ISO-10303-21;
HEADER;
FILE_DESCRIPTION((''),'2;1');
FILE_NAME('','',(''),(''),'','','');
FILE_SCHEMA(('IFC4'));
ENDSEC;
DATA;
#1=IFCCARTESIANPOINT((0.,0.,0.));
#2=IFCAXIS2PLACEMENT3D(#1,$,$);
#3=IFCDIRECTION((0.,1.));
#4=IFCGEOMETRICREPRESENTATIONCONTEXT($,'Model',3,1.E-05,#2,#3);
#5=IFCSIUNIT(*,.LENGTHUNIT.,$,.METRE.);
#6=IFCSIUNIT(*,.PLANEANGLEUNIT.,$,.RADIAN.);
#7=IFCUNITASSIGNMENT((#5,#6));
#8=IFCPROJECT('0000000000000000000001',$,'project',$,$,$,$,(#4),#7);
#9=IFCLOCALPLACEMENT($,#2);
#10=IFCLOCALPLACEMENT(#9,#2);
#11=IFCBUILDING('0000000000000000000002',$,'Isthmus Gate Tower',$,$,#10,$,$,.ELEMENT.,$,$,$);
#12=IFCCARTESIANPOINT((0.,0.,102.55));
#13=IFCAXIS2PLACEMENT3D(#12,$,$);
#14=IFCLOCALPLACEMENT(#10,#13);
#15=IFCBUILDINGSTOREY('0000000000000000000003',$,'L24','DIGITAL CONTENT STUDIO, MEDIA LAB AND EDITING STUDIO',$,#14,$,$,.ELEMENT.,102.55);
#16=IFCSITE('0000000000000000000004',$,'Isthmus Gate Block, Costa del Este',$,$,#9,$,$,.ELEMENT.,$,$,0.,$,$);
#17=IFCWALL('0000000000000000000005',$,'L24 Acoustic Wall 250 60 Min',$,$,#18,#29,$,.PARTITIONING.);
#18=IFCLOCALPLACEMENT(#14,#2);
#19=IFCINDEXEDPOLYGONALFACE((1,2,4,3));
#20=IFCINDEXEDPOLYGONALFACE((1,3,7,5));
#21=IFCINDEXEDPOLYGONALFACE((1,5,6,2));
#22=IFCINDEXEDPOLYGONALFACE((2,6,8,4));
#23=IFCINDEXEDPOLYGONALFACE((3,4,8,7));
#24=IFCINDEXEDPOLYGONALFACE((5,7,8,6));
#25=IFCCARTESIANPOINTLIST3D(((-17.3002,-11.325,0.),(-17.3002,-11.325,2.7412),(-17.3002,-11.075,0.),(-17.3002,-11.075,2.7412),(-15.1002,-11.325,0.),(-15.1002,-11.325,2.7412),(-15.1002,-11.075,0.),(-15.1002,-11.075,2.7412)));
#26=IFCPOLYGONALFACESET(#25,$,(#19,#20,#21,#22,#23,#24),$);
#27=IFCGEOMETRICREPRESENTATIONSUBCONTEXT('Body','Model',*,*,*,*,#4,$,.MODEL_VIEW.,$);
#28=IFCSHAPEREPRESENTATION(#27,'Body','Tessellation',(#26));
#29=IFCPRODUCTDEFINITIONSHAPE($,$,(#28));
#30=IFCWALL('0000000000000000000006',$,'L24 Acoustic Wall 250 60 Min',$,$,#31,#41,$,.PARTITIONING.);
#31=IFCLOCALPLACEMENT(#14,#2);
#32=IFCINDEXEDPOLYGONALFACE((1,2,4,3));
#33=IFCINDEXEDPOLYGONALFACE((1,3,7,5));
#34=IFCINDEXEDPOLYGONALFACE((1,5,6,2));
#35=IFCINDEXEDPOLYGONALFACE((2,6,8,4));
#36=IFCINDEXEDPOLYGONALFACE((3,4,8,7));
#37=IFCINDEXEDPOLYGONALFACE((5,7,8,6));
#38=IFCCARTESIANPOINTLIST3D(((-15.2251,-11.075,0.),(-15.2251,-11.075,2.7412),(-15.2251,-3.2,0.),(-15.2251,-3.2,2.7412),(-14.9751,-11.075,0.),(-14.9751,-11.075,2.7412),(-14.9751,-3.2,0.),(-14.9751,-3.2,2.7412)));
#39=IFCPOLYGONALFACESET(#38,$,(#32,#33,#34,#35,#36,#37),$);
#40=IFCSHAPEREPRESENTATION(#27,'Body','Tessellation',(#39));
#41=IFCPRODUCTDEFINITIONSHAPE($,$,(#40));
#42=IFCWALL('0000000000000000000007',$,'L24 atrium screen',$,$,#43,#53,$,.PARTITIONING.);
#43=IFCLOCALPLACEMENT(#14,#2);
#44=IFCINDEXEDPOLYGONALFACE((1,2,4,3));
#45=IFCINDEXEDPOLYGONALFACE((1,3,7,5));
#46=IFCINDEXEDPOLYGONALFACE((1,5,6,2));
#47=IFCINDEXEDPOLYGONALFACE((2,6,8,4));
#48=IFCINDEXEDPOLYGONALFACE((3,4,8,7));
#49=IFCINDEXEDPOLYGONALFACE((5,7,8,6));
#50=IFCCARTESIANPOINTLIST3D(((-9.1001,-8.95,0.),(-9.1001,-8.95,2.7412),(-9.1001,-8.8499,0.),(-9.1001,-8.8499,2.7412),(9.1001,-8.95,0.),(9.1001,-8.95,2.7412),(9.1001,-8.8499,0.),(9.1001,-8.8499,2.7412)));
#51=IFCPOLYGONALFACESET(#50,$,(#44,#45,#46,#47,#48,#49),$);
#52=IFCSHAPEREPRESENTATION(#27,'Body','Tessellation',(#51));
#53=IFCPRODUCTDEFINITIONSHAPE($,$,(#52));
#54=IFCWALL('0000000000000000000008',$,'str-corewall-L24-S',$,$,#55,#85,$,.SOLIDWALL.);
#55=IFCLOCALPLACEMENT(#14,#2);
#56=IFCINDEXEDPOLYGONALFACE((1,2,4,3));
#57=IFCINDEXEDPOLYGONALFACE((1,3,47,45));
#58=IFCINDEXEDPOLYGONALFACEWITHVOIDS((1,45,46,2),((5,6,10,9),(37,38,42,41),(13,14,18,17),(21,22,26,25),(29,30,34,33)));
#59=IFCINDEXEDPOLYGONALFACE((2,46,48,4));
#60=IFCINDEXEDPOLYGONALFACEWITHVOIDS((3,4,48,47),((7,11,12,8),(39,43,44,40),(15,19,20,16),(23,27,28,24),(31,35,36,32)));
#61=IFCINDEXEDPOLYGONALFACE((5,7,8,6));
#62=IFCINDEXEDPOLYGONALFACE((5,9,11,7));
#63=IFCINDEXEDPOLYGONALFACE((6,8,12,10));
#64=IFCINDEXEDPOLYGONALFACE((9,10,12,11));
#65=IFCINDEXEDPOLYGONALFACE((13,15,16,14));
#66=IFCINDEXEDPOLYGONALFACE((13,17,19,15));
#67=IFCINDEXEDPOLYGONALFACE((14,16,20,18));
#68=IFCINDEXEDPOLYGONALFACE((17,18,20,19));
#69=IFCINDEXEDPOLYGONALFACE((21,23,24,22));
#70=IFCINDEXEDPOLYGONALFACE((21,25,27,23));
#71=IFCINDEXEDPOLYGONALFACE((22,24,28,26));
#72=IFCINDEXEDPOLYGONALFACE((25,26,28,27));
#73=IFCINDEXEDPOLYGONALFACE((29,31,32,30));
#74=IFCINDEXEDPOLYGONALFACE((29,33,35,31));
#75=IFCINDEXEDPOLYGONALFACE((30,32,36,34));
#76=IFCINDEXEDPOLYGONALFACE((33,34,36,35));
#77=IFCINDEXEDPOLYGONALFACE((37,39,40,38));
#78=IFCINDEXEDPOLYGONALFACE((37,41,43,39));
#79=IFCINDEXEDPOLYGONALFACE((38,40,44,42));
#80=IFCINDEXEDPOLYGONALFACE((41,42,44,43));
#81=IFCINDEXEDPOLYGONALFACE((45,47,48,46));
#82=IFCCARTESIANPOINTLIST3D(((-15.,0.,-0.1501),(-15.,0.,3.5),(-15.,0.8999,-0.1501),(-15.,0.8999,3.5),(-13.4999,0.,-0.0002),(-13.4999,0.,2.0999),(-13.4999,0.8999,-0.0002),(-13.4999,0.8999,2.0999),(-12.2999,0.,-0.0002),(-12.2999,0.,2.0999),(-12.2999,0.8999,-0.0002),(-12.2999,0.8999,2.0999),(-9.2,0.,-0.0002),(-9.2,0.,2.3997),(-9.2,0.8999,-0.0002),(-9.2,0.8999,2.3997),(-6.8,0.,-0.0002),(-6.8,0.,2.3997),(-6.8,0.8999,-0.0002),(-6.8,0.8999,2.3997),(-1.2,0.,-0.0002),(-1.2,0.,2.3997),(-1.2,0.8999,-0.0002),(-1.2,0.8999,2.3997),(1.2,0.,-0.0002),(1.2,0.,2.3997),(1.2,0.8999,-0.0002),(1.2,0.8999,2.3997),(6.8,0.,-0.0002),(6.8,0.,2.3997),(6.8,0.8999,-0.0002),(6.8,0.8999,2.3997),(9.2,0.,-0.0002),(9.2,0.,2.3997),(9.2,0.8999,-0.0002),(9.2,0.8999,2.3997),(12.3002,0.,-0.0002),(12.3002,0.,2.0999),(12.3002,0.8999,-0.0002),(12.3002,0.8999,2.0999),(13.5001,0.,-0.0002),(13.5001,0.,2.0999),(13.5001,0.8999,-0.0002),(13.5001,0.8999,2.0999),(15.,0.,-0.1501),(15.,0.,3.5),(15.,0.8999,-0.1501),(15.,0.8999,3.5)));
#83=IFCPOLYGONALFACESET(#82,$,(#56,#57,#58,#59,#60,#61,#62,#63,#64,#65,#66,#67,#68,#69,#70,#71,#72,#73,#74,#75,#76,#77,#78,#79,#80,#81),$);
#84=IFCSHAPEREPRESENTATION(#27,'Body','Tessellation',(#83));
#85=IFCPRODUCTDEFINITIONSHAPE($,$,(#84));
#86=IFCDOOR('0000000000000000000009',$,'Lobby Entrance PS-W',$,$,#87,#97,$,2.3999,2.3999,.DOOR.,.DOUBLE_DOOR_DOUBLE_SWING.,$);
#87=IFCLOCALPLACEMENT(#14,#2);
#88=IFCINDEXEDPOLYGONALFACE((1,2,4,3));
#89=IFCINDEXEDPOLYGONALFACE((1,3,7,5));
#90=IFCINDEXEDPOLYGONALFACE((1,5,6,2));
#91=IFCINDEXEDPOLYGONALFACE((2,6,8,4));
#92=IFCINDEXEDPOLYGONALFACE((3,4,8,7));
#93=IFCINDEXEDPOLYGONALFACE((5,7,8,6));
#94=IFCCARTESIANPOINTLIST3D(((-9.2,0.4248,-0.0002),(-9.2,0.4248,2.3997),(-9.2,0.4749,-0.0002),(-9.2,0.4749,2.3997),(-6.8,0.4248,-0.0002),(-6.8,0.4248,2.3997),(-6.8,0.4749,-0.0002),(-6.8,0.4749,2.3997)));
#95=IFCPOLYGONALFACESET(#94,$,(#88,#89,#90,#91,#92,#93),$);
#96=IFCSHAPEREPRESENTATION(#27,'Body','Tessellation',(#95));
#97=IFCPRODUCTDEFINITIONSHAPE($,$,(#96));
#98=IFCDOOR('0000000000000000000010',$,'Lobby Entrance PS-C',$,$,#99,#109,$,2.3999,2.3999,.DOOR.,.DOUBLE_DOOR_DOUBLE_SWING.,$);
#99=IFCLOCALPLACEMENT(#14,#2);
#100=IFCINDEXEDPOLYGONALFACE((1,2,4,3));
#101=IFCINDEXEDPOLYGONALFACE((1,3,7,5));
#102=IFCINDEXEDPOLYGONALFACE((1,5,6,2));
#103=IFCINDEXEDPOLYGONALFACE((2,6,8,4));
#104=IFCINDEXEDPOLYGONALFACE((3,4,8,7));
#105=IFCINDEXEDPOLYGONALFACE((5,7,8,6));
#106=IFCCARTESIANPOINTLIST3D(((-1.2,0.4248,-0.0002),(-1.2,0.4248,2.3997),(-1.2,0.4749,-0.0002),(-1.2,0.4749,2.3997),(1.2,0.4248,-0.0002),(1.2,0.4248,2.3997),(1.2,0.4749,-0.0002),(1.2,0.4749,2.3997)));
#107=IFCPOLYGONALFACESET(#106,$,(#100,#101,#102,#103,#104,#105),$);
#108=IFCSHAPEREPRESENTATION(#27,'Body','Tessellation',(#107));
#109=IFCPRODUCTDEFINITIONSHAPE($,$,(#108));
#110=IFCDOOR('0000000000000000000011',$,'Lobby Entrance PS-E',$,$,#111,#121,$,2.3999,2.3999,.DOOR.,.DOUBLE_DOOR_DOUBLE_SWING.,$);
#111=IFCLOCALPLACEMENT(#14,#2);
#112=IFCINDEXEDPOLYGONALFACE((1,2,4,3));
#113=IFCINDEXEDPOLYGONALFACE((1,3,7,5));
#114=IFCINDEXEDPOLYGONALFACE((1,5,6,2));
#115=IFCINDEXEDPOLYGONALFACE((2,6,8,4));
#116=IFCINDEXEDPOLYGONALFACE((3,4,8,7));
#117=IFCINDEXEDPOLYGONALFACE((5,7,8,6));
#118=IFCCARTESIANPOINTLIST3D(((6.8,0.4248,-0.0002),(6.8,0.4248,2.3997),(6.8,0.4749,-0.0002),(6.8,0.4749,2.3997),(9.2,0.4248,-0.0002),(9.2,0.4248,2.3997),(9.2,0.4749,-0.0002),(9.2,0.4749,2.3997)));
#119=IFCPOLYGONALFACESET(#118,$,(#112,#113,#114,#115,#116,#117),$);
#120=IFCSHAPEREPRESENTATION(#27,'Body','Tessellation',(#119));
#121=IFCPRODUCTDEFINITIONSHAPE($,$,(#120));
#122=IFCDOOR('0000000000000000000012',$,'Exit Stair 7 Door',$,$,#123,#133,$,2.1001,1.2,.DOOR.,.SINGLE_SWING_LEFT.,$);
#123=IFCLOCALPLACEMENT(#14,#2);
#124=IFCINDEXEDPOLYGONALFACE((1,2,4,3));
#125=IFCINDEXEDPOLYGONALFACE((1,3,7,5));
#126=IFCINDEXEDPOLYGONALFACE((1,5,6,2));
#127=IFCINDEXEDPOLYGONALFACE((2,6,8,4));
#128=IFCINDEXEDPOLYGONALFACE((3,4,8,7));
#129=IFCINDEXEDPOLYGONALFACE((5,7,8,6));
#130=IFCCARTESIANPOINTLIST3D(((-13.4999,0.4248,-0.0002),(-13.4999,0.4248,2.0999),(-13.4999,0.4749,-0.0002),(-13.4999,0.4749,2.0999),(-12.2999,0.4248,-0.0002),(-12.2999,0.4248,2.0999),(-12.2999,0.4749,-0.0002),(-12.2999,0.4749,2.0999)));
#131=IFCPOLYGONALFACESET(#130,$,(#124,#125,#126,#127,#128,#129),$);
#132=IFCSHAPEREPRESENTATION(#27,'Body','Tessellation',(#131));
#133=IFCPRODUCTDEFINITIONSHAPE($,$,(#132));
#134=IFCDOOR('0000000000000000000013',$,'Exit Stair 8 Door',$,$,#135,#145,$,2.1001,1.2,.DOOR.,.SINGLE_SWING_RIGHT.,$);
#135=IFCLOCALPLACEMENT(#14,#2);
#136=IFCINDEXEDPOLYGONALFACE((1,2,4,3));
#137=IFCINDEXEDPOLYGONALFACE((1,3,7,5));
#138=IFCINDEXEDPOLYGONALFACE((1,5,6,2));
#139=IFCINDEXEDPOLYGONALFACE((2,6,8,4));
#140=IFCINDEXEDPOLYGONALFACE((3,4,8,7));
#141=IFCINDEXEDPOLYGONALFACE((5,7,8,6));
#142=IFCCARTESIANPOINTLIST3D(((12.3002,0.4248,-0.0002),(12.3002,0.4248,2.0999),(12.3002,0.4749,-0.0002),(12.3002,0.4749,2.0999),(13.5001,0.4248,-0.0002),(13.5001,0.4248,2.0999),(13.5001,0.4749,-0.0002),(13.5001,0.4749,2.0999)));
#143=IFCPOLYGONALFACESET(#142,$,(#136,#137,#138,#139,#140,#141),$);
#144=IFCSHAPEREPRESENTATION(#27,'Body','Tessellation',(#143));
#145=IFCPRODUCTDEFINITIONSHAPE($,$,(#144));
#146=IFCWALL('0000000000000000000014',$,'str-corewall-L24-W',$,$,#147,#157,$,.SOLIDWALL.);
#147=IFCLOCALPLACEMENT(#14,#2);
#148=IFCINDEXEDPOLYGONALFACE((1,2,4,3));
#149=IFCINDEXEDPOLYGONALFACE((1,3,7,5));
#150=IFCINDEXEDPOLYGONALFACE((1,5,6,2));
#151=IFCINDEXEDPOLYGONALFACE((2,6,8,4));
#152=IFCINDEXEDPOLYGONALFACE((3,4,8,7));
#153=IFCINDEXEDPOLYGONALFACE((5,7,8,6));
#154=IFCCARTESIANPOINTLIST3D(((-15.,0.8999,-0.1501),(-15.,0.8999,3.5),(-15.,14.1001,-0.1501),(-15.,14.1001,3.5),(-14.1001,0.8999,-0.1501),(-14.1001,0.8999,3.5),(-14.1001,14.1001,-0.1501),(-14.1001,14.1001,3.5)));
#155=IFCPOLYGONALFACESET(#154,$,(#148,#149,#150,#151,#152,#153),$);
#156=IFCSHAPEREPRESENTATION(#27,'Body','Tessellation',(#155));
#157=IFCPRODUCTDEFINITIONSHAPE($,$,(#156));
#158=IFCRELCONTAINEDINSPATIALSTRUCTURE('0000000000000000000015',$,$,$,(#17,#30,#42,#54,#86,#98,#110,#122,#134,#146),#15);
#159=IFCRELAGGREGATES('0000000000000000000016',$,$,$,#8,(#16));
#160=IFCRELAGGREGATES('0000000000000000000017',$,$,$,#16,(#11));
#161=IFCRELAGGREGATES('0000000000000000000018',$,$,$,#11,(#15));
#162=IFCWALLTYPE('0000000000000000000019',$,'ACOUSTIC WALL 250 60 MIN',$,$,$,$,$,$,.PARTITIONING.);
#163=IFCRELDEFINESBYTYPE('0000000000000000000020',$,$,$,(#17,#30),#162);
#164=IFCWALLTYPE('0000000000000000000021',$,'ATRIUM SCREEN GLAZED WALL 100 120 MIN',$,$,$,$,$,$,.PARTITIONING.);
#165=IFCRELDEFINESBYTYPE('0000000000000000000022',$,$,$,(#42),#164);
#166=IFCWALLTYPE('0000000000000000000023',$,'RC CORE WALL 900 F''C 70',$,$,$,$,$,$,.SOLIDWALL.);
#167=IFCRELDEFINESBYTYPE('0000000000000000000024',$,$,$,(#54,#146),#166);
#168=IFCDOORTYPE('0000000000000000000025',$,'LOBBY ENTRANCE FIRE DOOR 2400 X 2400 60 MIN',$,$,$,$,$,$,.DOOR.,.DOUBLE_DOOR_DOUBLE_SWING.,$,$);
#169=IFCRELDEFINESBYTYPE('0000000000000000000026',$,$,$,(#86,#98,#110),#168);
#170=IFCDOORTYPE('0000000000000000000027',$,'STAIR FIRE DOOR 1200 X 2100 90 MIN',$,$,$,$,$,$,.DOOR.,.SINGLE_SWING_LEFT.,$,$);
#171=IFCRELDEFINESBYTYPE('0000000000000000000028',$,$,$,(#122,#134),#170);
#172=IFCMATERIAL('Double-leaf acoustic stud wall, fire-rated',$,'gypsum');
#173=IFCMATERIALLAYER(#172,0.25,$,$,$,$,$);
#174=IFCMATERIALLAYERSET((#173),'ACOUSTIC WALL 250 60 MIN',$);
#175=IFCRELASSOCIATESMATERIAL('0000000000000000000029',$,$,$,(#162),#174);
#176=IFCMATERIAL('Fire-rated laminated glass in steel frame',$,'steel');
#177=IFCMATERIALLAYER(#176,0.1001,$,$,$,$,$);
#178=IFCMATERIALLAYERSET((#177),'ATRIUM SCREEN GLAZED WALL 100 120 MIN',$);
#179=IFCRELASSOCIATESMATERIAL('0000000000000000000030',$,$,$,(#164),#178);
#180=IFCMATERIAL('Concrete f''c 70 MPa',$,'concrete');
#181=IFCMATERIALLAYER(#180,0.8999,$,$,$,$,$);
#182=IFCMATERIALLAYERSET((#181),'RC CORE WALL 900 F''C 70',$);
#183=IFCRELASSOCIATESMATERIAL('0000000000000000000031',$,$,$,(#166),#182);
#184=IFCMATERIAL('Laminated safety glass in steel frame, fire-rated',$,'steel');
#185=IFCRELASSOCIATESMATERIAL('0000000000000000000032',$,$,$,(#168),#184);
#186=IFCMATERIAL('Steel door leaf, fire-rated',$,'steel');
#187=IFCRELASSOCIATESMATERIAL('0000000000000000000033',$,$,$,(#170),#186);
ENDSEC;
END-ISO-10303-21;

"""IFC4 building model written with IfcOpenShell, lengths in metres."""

from ifc_helpers import new_model, si_unit, direction, frame, frame_2d, origin, place, context, subcontext, project, spatial, rectangle, extrude, material, layer, layer_set, type_object, element, fill, save


model = new_model("IFC4")

# Units and contexts
model_context = context("Model", 3, precision=1e-05, world=origin(), true_north=direction((0.0, 1.0)))
body_context = subcontext(model_context, "Body", "Model", "MODEL_VIEW")
ifc_project = project(units=[si_unit("LENGTHUNIT", "METRE"), si_unit("PLANEANGLEUNIT", "RADIAN")], contexts=[model_context])

# Site, building, storey
site_placement = place(None, origin())
site = spatial("IfcSite", under=ifc_project, at=site_placement, Name="Isthmus Gate Block, Costa del Este", CompositionType="ELEMENT", RefElevation=0.0)
building_placement = place(site_placement, origin())
building = spatial("IfcBuilding", under=site, at=building_placement, Name="Isthmus Gate Tower", CompositionType="ELEMENT")
storey_placement = place(building_placement, frame((0.0, 0.0, 102.55)))
storey = spatial("IfcBuildingStorey", under=building, at=storey_placement, Name="L24", Description="DIGITAL CONTENT STUDIO, MEDIA LAB AND EDITING STUDIO", CompositionType="ELEMENT", Elevation=102.55)

# Walls
ifc_material_1 = material(Name="Double-leaf acoustic stud wall, fire-rated", Category="gypsum")
ifc_layer_1 = layer(ifc_material_1, 0.25)
ifc_layer_set_1 = layer_set([ifc_layer_1], Name="ACOUSTIC WALL 250 60 MIN")
wall_type_1 = type_object("IfcWallType", Name="ACOUSTIC WALL 250 60 MIN", PredefinedType="PARTITIONING", material=ifc_layer_set_1)
wall_1_placement = place(storey_placement, frame((-15.1001, -11.2, 0.0), z_axis=(0.0, 0.0, 1.0), x_axis=(-1.0, 0.0, 0.0)))
element("IfcWall", 1, at=wall_1_placement, inside=storey, type_object=wall_type_1, Name="L24 Acoustic Wall 250 60 Min", PredefinedType="PARTITIONING", context=body_context, shape_type="SweptSolid", body=[
    extrude(rectangle(XDim=2.2, YDim=0.25, at=frame_2d((1.1001, 0.0))), origin(), (0.0, 0.0, 1.0), 2.7412),
])
wall_2_placement = place(storey_placement, frame((-15.1001, -3.2, 0.0), z_axis=(0.0, 0.0, 1.0), x_axis=(0.0, -1.0, 0.0)))
element("IfcWall", 2, at=wall_2_placement, inside=storey, type_object=wall_type_1, Name="L24 Acoustic Wall 250 60 Min", PredefinedType="PARTITIONING", context=body_context, shape_type="SweptSolid", body=[
    extrude(rectangle(XDim=7.875, YDim=0.25, at=frame_2d((3.9375, 0.0))), origin(), (0.0, 0.0, 1.0), 2.7412),
])
ifc_material_2 = material(Name="Fire-rated laminated glass in steel frame", Category="steel")
ifc_layer_2 = layer(ifc_material_2, 0.1001)
ifc_layer_set_2 = layer_set([ifc_layer_2], Name="ATRIUM SCREEN GLAZED WALL 100 120 MIN")
wall_type_2 = type_object("IfcWallType", Name="ATRIUM SCREEN GLAZED WALL 100 120 MIN", PredefinedType="PARTITIONING", material=ifc_layer_set_2)
wall_3_placement = place(storey_placement, frame((-9.1001, -8.8999, 0.0), z_axis=(0.0, 0.0, 1.0), x_axis=(1.0, 0.0, 0.0)))
element("IfcWall", 3, at=wall_3_placement, inside=storey, type_object=wall_type_2, Name="L24 atrium screen", PredefinedType="PARTITIONING", context=body_context, shape_type="SweptSolid", body=[
    extrude(rectangle(XDim=18.2002, YDim=0.1001, at=frame_2d((9.1001, 0.0))), origin(), (0.0, 0.0, 1.0), 2.7412),
])

# Wall, openings, doors
ifc_material_3 = material(Name="Concrete f'c 70 MPa", Category="concrete")
ifc_layer_3 = layer(ifc_material_3, 0.8999)
ifc_layer_set_3 = layer_set([ifc_layer_3], Name="RC CORE WALL 900 F'C 70")
wall_type_3 = type_object("IfcWallType", Name="RC CORE WALL 900 F'C 70", PredefinedType="SOLIDWALL", material=ifc_layer_set_3)
wall_4_placement = place(storey_placement, frame((-15.0, 0.45, -0.1501), z_axis=(0.0, 0.0, 1.0), x_axis=(1.0, 0.0, 0.0)))
wall_4 = element("IfcWall", 4, at=wall_4_placement, inside=storey, type_object=wall_type_3, Name="str-corewall-L24-S", PredefinedType="SOLIDWALL", context=body_context, shape_type="SweptSolid", body=[
    extrude(rectangle(XDim=30.0, YDim=0.8999, at=frame_2d((15.0, 0.0))), origin(), (0.0, 0.0, 1.0), 3.6501),
])
opening_1_placement = place(wall_4_placement, frame((5.8, 0.0, 0.1499)))
opening_1 = element("IfcOpeningElement", 5, at=opening_1_placement, cuts=wall_4, PredefinedType="OPENING", context=body_context, shape_type="SweptSolid", body=[
    extrude(rectangle(XDim=2.3999, YDim=2.3999, at=frame_2d((1.2, 1.2))), frame((0.0, 0.46, 0.0), z_axis=(0.0, -1.0, 0.0), x_axis=(1.0, 0.0, 0.0)), (0.0, 0.0, 1.0), 0.9199),
])
opening_2_placement = place(wall_4_placement, frame((13.8, 0.0, 0.1499)))
opening_2 = element("IfcOpeningElement", 6, at=opening_2_placement, cuts=wall_4, PredefinedType="OPENING", context=body_context, shape_type="SweptSolid", body=[
    extrude(rectangle(XDim=2.3999, YDim=2.3999, at=frame_2d((1.2, 1.2))), frame((0.0, 0.46, 0.0), z_axis=(0.0, -1.0, 0.0), x_axis=(1.0, 0.0, 0.0)), (0.0, 0.0, 1.0), 0.9199),
])
opening_3_placement = place(wall_4_placement, frame((21.8, 0.0, 0.1499)))
opening_3 = element("IfcOpeningElement", 7, at=opening_3_placement, cuts=wall_4, PredefinedType="OPENING", context=body_context, shape_type="SweptSolid", body=[
    extrude(rectangle(XDim=2.3999, YDim=2.3999, at=frame_2d((1.2, 1.2))), frame((0.0, 0.46, 0.0), z_axis=(0.0, -1.0, 0.0), x_axis=(1.0, 0.0, 0.0)), (0.0, 0.0, 1.0), 0.9199),
])
opening_4_placement = place(wall_4_placement, frame((1.5, 0.0, 0.1499)))
opening_4 = element("IfcOpeningElement", 8, at=opening_4_placement, cuts=wall_4, PredefinedType="OPENING", context=body_context, shape_type="SweptSolid", body=[
    extrude(rectangle(XDim=1.2, YDim=2.1001, at=frame_2d((0.6001, 1.05))), frame((0.0, 0.46, 0.0), z_axis=(0.0, -1.0, 0.0), x_axis=(1.0, 0.0, 0.0)), (0.0, 0.0, 1.0), 0.9199),
])
opening_5_placement = place(wall_4_placement, frame((27.3, 0.0, 0.1499)))
opening_5 = element("IfcOpeningElement", 9, at=opening_5_placement, cuts=wall_4, PredefinedType="OPENING", context=body_context, shape_type="SweptSolid", body=[
    extrude(rectangle(XDim=1.2, YDim=2.1001, at=frame_2d((0.6001, 1.05))), frame((0.0, 0.46, 0.0), z_axis=(0.0, -1.0, 0.0), x_axis=(1.0, 0.0, 0.0)), (0.0, 0.0, 1.0), 0.9199),
])
ifc_material_4 = material(Name="Laminated safety glass in steel frame, fire-rated", Category="steel")
door_type_1 = type_object("IfcDoorType", Name="LOBBY ENTRANCE FIRE DOOR 2400 X 2400 60 MIN", OperationType="DOUBLE_DOOR_DOUBLE_SWING", PredefinedType="DOOR", material=ifc_material_4)
door_1_placement = place(opening_1_placement, origin())
door_1 = element("IfcDoor", 10, at=door_1_placement, inside=storey, type_object=door_type_1, Name="Lobby Entrance PS-W", OperationType="DOUBLE_DOOR_DOUBLE_SWING", OverallHeight=2.3999, OverallWidth=2.3999, PredefinedType="DOOR", context=body_context, shape_type="SweptSolid", body=[
    extrude(rectangle(XDim=2.3999, YDim=2.3999, at=frame_2d((1.2, 1.2))), frame((0.0, 0.0249, 0.0), z_axis=(0.0, -1.0, 0.0), x_axis=(1.0, 0.0, 0.0)), (0.0, 0.0, 1.0), 0.05),
])
fill(opening_1, door_1)
door_2_placement = place(opening_2_placement, origin())
door_2 = element("IfcDoor", 11, at=door_2_placement, inside=storey, type_object=door_type_1, Name="Lobby Entrance PS-C", OperationType="DOUBLE_DOOR_DOUBLE_SWING", OverallHeight=2.3999, OverallWidth=2.3999, PredefinedType="DOOR", context=body_context, shape_type="SweptSolid", body=[
    extrude(rectangle(XDim=2.3999, YDim=2.3999, at=frame_2d((1.2, 1.2))), frame((0.0, 0.0249, 0.0), z_axis=(0.0, -1.0, 0.0), x_axis=(1.0, 0.0, 0.0)), (0.0, 0.0, 1.0), 0.05),
])
fill(opening_2, door_2)
door_3_placement = place(opening_3_placement, origin())
door_3 = element("IfcDoor", 12, at=door_3_placement, inside=storey, type_object=door_type_1, Name="Lobby Entrance PS-E", OperationType="DOUBLE_DOOR_DOUBLE_SWING", OverallHeight=2.3999, OverallWidth=2.3999, PredefinedType="DOOR", context=body_context, shape_type="SweptSolid", body=[
    extrude(rectangle(XDim=2.3999, YDim=2.3999, at=frame_2d((1.2, 1.2))), frame((0.0, 0.0249, 0.0), z_axis=(0.0, -1.0, 0.0), x_axis=(1.0, 0.0, 0.0)), (0.0, 0.0, 1.0), 0.05),
])
fill(opening_3, door_3)
ifc_material_5 = material(Name="Steel door leaf, fire-rated", Category="steel")
door_type_2 = type_object("IfcDoorType", Name="STAIR FIRE DOOR 1200 X 2100 90 MIN", OperationType="SINGLE_SWING_LEFT", PredefinedType="DOOR", material=ifc_material_5)
door_4_placement = place(opening_4_placement, origin())
door_4 = element("IfcDoor", 13, at=door_4_placement, inside=storey, type_object=door_type_2, Name="Exit Stair 7 Door", OperationType="SINGLE_SWING_LEFT", OverallHeight=2.1001, OverallWidth=1.2, PredefinedType="DOOR", context=body_context, shape_type="SweptSolid", body=[
    extrude(rectangle(XDim=1.2, YDim=2.1001, at=frame_2d((0.6001, 1.05))), frame((0.0, 0.0249, 0.0), z_axis=(0.0, -1.0, 0.0), x_axis=(1.0, 0.0, 0.0)), (0.0, 0.0, 1.0), 0.05),
])
fill(opening_4, door_4)
door_5_placement = place(opening_5_placement, origin())
door_5 = element("IfcDoor", 14, at=door_5_placement, inside=storey, type_object=door_type_2, Name="Exit Stair 8 Door", OperationType="SINGLE_SWING_RIGHT", OverallHeight=2.1001, OverallWidth=1.2, PredefinedType="DOOR", context=body_context, shape_type="SweptSolid", body=[
    extrude(rectangle(XDim=1.2, YDim=2.1001, at=frame_2d((0.6001, 1.05))), frame((0.0, 0.0249, 0.0), z_axis=(0.0, -1.0, 0.0), x_axis=(1.0, 0.0, 0.0)), (0.0, 0.0, 1.0), 0.05),
])
fill(opening_5, door_5)

# Wall
wall_5_placement = place(storey_placement, frame((-14.55, 0.8999, -0.1501), z_axis=(0.0, 0.0, 1.0), x_axis=(0.0, 1.0, 0.0)))
element("IfcWall", 15, at=wall_5_placement, inside=storey, type_object=wall_type_3, Name="str-corewall-L24-W", PredefinedType="SOLIDWALL", context=body_context, shape_type="SweptSolid", body=[
    extrude(rectangle(XDim=13.2002, YDim=0.8999, at=frame_2d((6.6001, 0.0))), origin(), (0.0, 0.0, 1.0), 3.6501),
])

save(model, "model.ifc")
